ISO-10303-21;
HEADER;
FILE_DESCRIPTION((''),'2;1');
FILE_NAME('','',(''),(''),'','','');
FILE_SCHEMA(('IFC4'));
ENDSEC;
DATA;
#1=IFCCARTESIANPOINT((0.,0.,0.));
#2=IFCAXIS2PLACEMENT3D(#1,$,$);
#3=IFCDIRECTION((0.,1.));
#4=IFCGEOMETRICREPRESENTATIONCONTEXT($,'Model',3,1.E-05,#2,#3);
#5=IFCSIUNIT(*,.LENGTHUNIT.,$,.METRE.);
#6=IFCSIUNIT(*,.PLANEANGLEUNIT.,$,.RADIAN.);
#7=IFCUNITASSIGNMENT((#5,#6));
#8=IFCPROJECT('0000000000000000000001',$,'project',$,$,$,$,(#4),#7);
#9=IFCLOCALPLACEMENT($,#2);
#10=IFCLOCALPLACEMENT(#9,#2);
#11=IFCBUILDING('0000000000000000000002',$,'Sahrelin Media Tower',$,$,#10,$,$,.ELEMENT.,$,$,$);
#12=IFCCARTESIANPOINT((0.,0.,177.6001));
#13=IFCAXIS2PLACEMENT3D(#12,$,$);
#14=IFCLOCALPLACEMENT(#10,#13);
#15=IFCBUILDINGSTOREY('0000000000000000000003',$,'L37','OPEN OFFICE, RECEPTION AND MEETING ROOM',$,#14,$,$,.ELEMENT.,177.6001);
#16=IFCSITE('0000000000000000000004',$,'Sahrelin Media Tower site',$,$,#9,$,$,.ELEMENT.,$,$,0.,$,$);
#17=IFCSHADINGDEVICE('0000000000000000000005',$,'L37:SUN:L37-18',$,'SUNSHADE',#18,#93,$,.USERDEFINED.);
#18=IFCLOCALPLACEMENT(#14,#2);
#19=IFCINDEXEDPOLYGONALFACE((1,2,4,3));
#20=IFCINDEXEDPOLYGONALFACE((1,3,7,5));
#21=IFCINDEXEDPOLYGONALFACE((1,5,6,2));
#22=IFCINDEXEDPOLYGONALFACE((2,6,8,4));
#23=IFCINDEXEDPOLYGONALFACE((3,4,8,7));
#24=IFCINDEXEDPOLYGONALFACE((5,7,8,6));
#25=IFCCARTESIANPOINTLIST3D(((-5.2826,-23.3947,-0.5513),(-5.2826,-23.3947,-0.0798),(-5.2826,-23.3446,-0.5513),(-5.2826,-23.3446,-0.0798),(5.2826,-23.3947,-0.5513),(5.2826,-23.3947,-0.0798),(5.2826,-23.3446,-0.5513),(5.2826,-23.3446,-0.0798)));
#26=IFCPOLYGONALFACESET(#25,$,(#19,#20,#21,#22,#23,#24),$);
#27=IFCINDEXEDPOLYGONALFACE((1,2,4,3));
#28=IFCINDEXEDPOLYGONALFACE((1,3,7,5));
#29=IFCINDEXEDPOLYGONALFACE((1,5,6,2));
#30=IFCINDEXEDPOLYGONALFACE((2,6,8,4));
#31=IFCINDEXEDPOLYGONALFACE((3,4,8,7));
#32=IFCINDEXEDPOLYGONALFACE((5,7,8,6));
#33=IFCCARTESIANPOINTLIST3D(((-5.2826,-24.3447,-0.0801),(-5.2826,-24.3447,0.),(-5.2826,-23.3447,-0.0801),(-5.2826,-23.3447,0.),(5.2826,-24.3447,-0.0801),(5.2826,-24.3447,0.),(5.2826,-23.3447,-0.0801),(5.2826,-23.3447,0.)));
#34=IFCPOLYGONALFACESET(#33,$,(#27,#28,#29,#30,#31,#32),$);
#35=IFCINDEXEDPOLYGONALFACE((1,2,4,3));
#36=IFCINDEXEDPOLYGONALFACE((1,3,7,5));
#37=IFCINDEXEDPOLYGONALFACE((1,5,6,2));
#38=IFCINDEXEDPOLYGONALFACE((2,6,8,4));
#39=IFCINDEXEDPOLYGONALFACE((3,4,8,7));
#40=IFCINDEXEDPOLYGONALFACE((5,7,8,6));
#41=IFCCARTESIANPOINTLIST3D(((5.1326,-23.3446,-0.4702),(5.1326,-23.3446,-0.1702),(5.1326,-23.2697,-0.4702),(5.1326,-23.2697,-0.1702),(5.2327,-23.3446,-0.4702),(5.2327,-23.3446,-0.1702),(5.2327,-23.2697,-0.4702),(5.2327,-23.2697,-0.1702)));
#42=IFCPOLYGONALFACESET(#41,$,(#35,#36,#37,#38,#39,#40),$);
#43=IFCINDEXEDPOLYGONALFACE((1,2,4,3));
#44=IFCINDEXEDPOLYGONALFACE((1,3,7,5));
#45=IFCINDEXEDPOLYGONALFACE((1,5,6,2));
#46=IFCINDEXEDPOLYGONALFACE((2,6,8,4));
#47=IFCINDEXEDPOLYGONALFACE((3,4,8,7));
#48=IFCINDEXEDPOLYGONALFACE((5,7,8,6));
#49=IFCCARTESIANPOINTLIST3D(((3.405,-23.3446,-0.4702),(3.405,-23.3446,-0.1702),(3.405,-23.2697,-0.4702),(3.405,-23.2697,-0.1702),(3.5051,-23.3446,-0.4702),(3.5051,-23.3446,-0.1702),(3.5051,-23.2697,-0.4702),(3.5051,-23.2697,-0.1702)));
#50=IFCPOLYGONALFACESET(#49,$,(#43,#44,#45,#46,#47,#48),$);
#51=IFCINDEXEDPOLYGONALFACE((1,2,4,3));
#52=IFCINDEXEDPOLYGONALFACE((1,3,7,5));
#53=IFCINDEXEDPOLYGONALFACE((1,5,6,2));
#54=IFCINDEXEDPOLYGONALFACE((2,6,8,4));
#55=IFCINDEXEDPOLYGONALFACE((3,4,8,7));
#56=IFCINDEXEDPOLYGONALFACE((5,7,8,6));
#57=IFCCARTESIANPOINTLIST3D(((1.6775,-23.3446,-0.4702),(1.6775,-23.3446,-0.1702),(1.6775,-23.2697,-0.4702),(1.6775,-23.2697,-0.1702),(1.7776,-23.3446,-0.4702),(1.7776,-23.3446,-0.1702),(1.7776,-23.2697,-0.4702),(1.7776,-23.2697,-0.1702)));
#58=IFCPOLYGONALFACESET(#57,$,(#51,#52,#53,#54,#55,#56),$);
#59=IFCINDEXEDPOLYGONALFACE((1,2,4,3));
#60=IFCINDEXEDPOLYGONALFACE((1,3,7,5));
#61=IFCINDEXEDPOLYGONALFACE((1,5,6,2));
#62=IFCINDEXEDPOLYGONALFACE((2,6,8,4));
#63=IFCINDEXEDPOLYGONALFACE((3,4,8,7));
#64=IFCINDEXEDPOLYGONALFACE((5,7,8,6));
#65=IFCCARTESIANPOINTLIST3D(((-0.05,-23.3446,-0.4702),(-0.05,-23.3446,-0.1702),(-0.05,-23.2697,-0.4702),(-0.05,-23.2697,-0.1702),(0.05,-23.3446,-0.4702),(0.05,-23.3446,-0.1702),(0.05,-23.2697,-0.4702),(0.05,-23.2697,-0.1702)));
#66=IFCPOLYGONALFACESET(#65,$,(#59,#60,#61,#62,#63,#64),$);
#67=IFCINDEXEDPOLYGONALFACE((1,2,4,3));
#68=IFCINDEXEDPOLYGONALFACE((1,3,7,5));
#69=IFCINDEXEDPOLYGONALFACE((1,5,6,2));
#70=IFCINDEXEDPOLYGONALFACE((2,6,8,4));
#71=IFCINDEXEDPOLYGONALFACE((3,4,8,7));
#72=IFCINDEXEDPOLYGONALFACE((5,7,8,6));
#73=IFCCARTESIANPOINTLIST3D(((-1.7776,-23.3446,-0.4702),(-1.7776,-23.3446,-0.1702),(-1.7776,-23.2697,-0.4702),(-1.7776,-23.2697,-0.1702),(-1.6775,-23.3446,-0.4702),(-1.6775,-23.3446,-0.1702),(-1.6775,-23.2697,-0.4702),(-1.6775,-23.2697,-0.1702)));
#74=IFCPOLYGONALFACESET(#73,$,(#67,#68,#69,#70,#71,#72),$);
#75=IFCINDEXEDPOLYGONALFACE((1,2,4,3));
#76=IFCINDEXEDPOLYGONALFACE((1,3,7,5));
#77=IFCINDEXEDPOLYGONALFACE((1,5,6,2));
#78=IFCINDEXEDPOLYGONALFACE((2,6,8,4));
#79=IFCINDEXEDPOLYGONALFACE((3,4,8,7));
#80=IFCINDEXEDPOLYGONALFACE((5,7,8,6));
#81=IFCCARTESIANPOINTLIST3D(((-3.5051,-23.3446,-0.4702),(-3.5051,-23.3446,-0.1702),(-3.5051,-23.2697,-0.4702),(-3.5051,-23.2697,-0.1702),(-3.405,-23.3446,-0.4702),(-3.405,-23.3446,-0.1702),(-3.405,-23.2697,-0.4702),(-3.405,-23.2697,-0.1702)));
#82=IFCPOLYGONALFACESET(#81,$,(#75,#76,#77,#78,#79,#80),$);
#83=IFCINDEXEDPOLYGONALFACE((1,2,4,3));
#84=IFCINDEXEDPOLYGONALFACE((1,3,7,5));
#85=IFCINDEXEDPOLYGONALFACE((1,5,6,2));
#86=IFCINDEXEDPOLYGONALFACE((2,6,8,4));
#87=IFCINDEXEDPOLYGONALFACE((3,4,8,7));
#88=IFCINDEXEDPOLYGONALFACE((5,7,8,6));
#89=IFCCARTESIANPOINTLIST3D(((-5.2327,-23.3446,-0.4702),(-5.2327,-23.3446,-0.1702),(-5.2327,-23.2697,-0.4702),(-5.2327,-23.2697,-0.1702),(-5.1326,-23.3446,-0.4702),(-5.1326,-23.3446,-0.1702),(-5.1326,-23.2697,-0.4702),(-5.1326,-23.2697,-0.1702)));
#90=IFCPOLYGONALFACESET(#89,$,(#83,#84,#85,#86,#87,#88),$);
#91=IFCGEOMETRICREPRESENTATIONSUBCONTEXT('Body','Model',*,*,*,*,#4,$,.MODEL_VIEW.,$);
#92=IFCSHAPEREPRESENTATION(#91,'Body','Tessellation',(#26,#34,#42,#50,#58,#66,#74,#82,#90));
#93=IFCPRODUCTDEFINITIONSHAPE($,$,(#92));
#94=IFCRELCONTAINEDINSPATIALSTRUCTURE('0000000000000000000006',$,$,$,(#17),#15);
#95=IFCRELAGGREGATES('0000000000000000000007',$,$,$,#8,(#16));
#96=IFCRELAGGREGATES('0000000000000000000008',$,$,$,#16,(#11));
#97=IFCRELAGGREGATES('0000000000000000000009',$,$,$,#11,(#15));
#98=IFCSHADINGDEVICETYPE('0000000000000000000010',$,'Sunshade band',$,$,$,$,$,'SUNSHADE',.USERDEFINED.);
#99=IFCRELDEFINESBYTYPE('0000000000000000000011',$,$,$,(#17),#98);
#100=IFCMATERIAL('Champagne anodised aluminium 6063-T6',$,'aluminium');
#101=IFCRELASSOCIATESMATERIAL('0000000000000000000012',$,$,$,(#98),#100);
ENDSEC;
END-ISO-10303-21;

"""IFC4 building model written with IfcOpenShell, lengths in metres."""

from ifc_helpers import new_model, si_unit, direction, frame, origin, origin_2d, place, context, subcontext, project, spatial, rectangle, extrude, material, type_object, element, save


model = new_model("IFC4")

# Units and contexts
model_context = context("Model", 3, precision=1e-05, world=origin(), true_north=direction((0.0, 1.0)))
body_context = subcontext(model_context, "Body", "Model", "MODEL_VIEW")
ifc_project = project(units=[si_unit("LENGTHUNIT", "METRE"), si_unit("PLANEANGLEUNIT", "RADIAN")], contexts=[model_context])

# Site, building, storey
site_placement = place(None, origin())
site = spatial("IfcSite", under=ifc_project, at=site_placement, Name="Sahrelin Media Tower site", CompositionType="ELEMENT", RefElevation=0.0)
building_placement = place(site_placement, origin())
building = spatial("IfcBuilding", under=site, at=building_placement, Name="Sahrelin Media Tower", CompositionType="ELEMENT")
storey_placement = place(building_placement, frame((0.0, 0.0, 177.6001)))
storey = spatial("IfcBuildingStorey", under=building, at=storey_placement, Name="L37", Description="OPEN OFFICE, RECEPTION AND MEETING ROOM", CompositionType="ELEMENT", Elevation=177.6001)

# Shared definitions
ifc_material_1 = material(Name="Champagne anodised aluminium 6063-T6", Category="aluminium")

# Shading device
placement_1 = place(storey_placement, frame((0.0, -23.3247, 0.0), z_axis=(0.0, 0.0, 1.0), x_axis=(-1.0, 0.0, 0.0)))
shading_device_type_1 = type_object("IfcShadingDeviceType", Name="Sunshade band", ElementType="SUNSHADE", PredefinedType="USERDEFINED", material=ifc_material_1)
element("IfcShadingDevice", 1, at=placement_1, inside=storey, type_object=shading_device_type_1, Name="L37:SUN:L37-18", ObjectType="SUNSHADE", PredefinedType="USERDEFINED", context=body_context, shape_type="SweptSolid", body=[
    extrude(rectangle(XDim=10.5652, YDim=0.05, at=origin_2d()), frame((0.0, 0.0449, -0.5513)), (0.0, 0.0, 1.0), 0.4714),
    extrude(rectangle(XDim=10.5652, YDim=1.0, at=origin_2d()), frame((0.0, 0.52, -0.0801)), (0.0, 0.0, 1.0), 0.0801),
    extrude(rectangle(XDim=0.1001, YDim=0.075, at=origin_2d()), frame((-5.1826, -0.0176, -0.4702)), (0.0, 0.0, 1.0), 0.3),
    extrude(rectangle(XDim=0.1001, YDim=0.075, at=origin_2d()), frame((-3.4551, -0.0176, -0.4702)), (0.0, 0.0, 1.0), 0.3),
    extrude(rectangle(XDim=0.1001, YDim=0.075, at=origin_2d()), frame((-1.7275, -0.0176, -0.4702)), (0.0, 0.0, 1.0), 0.3),
    extrude(rectangle(XDim=0.1001, YDim=0.075, at=origin_2d()), frame((0.0, -0.0176, -0.4702)), (0.0, 0.0, 1.0), 0.3),
    extrude(rectangle(XDim=0.1001, YDim=0.075, at=origin_2d()), frame((1.7275, -0.0176, -0.4702)), (0.0, 0.0, 1.0), 0.3),
    extrude(rectangle(XDim=0.1001, YDim=0.075, at=origin_2d()), frame((3.4551, -0.0176, -0.4702)), (0.0, 0.0, 1.0), 0.3),
    extrude(rectangle(XDim=0.1001, YDim=0.075, at=origin_2d()), frame((5.1826, -0.0176, -0.4702)), (0.0, 0.0, 1.0), 0.3),
])

save(model, "model.ifc")
